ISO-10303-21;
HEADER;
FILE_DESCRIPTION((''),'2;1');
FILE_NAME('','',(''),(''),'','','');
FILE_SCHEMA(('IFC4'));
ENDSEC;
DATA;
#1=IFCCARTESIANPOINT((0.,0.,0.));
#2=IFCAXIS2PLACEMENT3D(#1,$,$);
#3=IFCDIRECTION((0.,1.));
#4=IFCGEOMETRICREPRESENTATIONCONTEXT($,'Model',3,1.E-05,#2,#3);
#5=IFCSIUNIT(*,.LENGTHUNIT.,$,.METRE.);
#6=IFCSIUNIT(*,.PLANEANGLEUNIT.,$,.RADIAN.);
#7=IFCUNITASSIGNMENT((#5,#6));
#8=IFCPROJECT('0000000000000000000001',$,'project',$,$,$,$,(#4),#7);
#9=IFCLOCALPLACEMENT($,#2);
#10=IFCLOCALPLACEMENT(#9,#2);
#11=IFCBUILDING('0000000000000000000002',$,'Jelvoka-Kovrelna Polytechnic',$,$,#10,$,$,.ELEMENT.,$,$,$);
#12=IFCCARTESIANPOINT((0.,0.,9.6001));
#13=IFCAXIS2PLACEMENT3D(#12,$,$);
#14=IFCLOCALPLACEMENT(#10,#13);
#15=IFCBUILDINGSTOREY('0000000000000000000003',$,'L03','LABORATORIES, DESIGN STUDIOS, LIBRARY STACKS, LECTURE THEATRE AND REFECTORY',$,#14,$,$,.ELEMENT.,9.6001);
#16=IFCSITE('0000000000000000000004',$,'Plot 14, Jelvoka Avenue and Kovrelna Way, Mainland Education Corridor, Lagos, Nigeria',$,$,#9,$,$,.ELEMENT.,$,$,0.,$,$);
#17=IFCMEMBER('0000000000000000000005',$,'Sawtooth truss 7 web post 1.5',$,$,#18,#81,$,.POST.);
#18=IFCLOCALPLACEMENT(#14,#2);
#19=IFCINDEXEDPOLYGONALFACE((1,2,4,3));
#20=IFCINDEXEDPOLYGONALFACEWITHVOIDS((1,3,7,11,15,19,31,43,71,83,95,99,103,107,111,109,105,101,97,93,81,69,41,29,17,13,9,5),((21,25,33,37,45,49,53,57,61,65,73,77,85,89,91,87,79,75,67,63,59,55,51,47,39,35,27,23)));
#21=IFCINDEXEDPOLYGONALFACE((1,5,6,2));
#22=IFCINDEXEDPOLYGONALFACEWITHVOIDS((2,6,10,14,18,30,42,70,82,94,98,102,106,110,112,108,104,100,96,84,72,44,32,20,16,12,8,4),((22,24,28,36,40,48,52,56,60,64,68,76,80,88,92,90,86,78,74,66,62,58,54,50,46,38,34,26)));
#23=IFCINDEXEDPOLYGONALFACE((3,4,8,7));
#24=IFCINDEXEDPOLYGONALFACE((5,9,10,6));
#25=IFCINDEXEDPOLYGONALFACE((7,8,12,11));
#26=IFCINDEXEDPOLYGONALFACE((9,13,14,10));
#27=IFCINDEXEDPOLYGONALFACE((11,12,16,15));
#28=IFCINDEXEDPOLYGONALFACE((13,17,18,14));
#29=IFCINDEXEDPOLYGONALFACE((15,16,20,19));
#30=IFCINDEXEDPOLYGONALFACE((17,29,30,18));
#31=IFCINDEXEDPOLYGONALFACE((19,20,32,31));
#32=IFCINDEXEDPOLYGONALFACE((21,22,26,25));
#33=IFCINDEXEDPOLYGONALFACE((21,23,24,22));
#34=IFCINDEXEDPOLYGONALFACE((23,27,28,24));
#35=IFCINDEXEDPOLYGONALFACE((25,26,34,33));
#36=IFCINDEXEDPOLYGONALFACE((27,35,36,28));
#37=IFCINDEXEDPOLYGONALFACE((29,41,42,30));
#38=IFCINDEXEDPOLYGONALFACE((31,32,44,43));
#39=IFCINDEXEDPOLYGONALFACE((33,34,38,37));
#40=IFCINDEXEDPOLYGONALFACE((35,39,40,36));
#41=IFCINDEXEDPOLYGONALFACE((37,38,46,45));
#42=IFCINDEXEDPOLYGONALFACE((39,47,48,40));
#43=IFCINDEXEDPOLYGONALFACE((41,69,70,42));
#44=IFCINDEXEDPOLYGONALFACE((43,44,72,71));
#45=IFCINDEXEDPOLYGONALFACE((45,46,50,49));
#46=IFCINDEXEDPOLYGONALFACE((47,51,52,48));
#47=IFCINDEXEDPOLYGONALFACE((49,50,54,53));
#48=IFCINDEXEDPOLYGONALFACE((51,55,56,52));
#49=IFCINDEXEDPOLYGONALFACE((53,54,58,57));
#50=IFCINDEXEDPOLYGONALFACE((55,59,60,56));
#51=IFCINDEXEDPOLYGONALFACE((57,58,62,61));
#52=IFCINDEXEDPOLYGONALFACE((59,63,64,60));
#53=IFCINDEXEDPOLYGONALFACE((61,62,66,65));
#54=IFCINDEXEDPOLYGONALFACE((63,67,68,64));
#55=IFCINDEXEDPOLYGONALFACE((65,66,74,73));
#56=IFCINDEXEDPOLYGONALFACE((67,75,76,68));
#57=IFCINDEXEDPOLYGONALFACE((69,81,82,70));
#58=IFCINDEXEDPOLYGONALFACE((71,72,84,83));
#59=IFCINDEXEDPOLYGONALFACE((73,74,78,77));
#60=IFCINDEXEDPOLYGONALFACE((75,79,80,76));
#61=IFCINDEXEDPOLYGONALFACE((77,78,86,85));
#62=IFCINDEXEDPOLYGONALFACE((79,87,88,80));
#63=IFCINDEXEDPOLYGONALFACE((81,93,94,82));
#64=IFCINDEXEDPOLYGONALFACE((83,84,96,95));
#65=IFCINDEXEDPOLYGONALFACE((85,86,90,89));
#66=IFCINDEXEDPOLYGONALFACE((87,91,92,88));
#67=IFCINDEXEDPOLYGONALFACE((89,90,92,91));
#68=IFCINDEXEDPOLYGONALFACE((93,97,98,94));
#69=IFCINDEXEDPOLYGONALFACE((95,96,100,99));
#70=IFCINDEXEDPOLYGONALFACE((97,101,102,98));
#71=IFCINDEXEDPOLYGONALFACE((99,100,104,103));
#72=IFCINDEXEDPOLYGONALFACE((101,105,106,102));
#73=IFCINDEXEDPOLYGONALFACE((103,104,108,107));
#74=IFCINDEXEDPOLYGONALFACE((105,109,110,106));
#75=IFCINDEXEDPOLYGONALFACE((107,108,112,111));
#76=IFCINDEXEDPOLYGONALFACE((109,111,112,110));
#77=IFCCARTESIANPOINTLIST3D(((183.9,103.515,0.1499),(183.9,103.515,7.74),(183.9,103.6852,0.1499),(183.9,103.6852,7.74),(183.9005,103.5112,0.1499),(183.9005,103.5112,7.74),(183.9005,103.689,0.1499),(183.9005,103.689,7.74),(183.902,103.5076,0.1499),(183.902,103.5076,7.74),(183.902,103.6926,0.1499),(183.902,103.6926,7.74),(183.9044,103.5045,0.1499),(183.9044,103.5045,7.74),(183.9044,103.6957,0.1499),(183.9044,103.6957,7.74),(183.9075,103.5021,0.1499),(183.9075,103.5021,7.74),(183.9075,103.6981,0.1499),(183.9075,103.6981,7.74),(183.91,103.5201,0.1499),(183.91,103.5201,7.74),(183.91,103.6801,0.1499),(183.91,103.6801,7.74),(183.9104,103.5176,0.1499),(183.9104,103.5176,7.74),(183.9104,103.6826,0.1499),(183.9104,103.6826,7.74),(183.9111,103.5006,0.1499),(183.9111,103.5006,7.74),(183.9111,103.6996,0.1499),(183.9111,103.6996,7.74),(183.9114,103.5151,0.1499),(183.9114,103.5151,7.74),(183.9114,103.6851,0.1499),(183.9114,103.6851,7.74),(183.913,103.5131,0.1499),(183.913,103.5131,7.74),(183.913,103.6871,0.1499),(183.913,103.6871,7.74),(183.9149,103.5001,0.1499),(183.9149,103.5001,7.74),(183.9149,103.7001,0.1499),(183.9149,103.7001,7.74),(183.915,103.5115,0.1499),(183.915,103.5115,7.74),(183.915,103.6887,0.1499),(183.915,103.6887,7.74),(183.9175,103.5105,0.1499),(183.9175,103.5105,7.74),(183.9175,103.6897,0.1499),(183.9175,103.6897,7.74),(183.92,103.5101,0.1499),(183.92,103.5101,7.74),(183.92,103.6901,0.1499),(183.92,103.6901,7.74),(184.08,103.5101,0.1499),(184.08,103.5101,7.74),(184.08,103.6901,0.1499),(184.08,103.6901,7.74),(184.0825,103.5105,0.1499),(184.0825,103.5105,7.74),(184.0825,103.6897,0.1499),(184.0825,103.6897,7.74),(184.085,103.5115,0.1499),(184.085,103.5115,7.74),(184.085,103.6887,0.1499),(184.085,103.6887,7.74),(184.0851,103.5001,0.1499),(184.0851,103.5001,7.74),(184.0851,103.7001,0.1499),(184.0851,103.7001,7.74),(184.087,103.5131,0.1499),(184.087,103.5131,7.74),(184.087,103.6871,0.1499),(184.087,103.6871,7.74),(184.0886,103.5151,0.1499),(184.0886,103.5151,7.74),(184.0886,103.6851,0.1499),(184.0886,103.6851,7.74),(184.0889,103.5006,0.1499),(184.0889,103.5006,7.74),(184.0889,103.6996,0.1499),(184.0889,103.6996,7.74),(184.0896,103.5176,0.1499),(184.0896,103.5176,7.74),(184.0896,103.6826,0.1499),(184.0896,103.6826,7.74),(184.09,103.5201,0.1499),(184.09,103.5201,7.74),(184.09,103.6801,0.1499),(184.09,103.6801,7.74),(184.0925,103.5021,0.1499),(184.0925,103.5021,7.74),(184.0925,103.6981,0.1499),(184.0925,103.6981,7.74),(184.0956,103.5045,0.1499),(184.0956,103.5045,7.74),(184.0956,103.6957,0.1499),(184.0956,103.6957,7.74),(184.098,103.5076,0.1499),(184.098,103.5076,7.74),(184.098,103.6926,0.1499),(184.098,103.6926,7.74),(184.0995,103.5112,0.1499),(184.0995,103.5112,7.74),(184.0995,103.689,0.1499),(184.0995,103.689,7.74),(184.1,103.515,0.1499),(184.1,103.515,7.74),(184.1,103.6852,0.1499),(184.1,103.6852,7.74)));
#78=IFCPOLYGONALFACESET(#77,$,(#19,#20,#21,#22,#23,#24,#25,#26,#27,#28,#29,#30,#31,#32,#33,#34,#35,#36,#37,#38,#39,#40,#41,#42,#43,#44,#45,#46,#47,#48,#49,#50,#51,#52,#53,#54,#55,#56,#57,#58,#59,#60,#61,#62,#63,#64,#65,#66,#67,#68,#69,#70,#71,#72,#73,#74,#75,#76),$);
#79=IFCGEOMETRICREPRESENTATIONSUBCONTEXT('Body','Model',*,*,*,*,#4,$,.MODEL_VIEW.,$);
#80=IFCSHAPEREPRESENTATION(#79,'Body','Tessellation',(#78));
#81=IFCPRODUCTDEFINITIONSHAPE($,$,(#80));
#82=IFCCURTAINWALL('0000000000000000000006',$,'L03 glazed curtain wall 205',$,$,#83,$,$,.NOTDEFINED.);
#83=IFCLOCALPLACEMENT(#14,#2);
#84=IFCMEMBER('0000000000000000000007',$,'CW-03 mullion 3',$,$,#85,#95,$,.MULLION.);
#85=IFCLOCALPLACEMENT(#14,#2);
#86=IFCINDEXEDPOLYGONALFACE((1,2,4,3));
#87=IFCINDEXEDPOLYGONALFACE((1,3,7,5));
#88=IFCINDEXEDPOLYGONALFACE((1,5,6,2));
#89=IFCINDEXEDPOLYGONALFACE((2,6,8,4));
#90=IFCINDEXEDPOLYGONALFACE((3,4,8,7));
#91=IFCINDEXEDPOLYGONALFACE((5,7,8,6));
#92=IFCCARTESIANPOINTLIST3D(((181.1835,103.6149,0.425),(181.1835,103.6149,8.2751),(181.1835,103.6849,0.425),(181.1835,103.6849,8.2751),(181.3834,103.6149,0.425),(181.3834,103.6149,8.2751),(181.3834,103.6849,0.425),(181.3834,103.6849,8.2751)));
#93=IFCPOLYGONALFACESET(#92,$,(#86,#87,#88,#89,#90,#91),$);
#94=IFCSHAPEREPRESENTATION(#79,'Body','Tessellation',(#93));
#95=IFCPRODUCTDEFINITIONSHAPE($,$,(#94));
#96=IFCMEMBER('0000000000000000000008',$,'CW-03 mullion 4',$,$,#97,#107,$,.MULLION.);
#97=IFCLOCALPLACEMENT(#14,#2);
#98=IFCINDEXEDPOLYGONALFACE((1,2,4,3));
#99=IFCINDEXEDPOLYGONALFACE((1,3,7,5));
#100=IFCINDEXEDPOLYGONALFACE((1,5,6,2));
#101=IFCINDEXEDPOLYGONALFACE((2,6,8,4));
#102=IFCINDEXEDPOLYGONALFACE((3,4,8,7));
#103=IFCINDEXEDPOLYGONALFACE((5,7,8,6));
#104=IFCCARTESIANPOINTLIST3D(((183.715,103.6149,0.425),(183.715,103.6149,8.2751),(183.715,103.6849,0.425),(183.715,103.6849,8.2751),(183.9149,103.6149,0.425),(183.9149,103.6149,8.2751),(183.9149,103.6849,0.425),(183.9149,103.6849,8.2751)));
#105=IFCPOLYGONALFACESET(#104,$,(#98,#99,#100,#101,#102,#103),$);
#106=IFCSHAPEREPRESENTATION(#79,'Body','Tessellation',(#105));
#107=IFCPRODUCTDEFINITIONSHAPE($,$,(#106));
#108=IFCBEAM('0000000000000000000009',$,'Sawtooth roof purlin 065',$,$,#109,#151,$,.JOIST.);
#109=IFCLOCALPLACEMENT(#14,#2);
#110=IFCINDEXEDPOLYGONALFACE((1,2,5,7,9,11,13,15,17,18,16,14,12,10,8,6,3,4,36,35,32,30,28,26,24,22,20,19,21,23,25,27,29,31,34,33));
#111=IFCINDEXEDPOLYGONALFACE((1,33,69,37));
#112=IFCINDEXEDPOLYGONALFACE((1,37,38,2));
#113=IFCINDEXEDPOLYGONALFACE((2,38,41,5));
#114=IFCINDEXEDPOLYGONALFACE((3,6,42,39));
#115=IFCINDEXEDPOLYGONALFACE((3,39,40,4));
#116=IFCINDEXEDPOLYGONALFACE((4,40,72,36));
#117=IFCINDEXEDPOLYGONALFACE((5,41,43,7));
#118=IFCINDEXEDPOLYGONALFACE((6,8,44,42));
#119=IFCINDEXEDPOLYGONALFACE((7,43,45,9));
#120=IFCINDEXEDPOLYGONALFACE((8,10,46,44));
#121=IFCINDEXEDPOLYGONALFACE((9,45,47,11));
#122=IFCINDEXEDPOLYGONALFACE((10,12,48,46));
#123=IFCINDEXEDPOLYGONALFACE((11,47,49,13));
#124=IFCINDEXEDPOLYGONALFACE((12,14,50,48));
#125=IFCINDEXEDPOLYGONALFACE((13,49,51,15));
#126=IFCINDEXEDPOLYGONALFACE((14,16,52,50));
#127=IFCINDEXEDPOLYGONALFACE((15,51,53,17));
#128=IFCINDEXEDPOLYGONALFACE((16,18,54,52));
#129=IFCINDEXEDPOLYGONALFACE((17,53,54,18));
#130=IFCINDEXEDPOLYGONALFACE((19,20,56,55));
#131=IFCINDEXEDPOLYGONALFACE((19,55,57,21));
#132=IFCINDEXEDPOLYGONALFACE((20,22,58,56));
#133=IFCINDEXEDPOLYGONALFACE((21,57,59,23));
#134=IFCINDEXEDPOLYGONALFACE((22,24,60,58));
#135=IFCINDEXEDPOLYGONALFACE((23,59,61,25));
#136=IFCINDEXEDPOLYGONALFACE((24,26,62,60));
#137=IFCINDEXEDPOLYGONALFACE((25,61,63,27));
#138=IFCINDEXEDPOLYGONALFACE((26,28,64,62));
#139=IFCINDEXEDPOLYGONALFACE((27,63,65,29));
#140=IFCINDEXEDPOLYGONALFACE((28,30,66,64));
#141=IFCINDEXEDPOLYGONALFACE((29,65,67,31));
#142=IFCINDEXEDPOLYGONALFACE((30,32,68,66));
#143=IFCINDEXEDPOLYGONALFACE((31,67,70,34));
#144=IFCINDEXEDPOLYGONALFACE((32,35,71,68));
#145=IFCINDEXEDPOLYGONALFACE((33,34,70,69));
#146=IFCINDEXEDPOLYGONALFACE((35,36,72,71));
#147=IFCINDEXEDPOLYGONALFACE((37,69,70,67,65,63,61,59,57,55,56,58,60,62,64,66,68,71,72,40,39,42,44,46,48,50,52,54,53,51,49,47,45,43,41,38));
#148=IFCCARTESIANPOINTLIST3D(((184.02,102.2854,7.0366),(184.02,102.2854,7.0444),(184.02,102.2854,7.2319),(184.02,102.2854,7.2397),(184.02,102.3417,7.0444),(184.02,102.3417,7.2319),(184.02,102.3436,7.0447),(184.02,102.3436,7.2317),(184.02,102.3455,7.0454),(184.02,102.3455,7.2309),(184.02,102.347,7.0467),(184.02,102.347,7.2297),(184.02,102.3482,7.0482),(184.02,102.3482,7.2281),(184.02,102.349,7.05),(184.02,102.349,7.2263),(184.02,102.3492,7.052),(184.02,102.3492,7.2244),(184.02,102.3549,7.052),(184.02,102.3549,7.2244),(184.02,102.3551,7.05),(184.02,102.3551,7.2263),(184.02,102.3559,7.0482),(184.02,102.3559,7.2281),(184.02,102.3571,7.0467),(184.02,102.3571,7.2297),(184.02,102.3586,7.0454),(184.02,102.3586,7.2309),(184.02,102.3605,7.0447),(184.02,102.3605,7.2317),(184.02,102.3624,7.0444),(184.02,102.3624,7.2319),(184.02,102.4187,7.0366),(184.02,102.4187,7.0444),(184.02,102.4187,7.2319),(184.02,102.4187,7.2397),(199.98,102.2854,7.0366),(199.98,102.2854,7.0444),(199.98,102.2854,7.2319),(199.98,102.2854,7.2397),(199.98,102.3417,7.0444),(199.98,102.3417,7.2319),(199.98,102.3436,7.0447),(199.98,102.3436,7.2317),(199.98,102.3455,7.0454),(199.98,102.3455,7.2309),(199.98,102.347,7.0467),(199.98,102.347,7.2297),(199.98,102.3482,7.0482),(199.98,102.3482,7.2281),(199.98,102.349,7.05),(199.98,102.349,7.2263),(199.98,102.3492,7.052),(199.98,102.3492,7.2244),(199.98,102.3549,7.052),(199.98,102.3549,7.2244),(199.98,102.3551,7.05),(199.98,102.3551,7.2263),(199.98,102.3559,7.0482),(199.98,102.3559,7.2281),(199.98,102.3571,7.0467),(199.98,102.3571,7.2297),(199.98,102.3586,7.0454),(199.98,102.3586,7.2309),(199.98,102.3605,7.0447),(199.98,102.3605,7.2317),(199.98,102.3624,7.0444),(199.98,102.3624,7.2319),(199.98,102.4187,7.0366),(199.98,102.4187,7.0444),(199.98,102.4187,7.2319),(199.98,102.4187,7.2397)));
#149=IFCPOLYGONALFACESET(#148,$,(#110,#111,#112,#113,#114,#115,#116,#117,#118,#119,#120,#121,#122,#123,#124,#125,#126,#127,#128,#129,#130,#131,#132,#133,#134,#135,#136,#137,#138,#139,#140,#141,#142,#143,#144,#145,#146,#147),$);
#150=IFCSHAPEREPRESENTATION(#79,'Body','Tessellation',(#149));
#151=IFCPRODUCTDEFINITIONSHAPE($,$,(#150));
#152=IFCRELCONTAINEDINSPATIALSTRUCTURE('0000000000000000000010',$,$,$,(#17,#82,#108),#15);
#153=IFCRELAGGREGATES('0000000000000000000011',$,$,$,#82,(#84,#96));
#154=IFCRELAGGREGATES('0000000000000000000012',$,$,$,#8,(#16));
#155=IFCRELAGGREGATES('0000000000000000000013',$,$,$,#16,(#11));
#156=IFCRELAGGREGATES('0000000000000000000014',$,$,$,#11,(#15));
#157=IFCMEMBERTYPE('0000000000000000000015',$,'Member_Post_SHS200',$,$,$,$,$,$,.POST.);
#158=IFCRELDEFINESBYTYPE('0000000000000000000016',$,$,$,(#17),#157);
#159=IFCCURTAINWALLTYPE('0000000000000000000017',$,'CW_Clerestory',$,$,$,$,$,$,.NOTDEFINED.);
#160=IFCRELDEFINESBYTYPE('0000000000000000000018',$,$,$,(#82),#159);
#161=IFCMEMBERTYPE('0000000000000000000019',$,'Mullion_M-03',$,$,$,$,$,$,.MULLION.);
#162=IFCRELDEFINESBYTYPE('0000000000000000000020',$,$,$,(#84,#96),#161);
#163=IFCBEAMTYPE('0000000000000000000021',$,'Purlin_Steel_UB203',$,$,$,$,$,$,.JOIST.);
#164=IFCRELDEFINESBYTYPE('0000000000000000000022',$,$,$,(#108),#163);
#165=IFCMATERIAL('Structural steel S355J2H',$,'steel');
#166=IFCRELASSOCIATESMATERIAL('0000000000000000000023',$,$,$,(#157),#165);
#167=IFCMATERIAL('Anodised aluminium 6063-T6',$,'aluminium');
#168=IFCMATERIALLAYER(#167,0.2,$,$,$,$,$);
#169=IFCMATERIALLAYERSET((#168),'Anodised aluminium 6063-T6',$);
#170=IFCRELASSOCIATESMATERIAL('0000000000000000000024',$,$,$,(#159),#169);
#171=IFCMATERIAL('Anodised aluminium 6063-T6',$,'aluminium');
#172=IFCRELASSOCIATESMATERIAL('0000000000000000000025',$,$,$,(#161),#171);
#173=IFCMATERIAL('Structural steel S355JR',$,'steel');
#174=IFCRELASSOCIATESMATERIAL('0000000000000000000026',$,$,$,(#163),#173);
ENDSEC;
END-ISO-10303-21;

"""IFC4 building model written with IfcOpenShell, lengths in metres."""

from ifc_helpers import new_model, si_unit, direction, frame, origin, origin_2d, place, context, subcontext, project, spatial, rectangle, hollow_rectangle, i_section, extrude, material, layer, layer_set, material_profile, profile_set, type_object, element, aggregate, save


model = new_model("IFC4")

# Units and contexts
model_context = context("Model", 3, precision=1e-05, world=origin(), true_north=direction((0.0, 1.0)))
body_context = subcontext(model_context, "Body", "Model", "MODEL_VIEW")
ifc_project = project(units=[si_unit("LENGTHUNIT", "METRE"), si_unit("PLANEANGLEUNIT", "RADIAN")], contexts=[model_context])

# Site, building, storey
site_placement = place(None, origin())
site = spatial("IfcSite", under=ifc_project, at=site_placement, Name="Plot 14, Jelvoka Avenue and Kovrelna Way, Mainland Education Corridor, Lagos, Nigeria", CompositionType="ELEMENT", RefElevation=0.0)
building_placement = place(site_placement, origin())
building = spatial("IfcBuilding", under=site, at=building_placement, Name="Jelvoka-Kovrelna Polytechnic", CompositionType="ELEMENT")
storey_placement = place(building_placement, frame((0.0, 0.0, 9.6001)))
storey = spatial("IfcBuildingStorey", under=building, at=storey_placement, Name="L03", Description="LABORATORIES, DESIGN STUDIOS, LIBRARY STACKS, LECTURE THEATRE AND REFECTORY", CompositionType="ELEMENT", Elevation=9.6001)

# Member
ifc_material_1 = material(Name="Structural steel S355J2H", Category="steel")
ifc_material_profile_1 = material_profile(ifc_material_1, hollow_rectangle(XDim=0.2, YDim=0.2, WallThickness=0.01, InnerFilletRadius=0.01, OuterFilletRadius=0.0149, at=origin_2d()), Name="200x200x10.0 SHS")
ifc_profile_set_1 = profile_set([ifc_material_profile_1], Name="Structural steel S355J2H")
member_type_1 = type_object("IfcMemberType", Name="Member_Post_SHS200", PredefinedType="POST", material=ifc_profile_set_1)
member_1_placement = place(storey_placement, frame((184.0, 103.6001, 0.1499), z_axis=(0.0, 0.0, 1.0), x_axis=(1.0, 0.0, 0.0)))
element("IfcMember", 1, at=member_1_placement, inside=storey, type_object=member_type_1, Name="Sawtooth truss 7 web post 1.5", PredefinedType="POST", context=body_context, shape_type="SweptSolid", body=[
    extrude(hollow_rectangle(XDim=0.2, YDim=0.2, WallThickness=0.01, InnerFilletRadius=0.01, OuterFilletRadius=0.0149, at=origin_2d()), origin(), (0.0, 0.0, 1.0), 7.5901),
])

# Curtain wall, members
ifc_material_2 = material(Name="Anodised aluminium 6063-T6", Category="aluminium")
ifc_layer_1 = layer(ifc_material_2, 0.2)
ifc_layer_set_1 = layer_set([ifc_layer_1], Name="Anodised aluminium 6063-T6")
curtain_wall_type = type_object("IfcCurtainWallType", Name="CW_Clerestory", PredefinedType="NOTDEFINED", material=ifc_layer_set_1)
curtain_wall_placement = place(storey_placement, origin())
curtain_wall = element("IfcCurtainWall", 2, at=curtain_wall_placement, inside=storey, type_object=curtain_wall_type, Name="L03 glazed curtain wall 205", PredefinedType="NOTDEFINED")
ifc_material_3 = material(Name="Anodised aluminium 6063-T6", Category="aluminium")
ifc_material_profile_2 = material_profile(ifc_material_3, rectangle(XDim=0.0701, YDim=0.2, at=origin_2d()), Name="ALU 70x200")
ifc_profile_set_2 = profile_set([ifc_material_profile_2], Name="Anodised aluminium 6063-T6")
member_type_2 = type_object("IfcMemberType", Name="Mullion_M-03", PredefinedType="MULLION", material=ifc_profile_set_2)
member_2_placement = place(storey_placement, frame((181.2834, 103.6499, 0.425), z_axis=(0.0, 0.0, 1.0), x_axis=(0.0, 1.0, 0.0)))
member_2 = element("IfcMember", 3, at=member_2_placement, type_object=member_type_2, Name="CW-03 mullion 3", PredefinedType="MULLION", context=body_context, shape_type="SweptSolid", body=[
    extrude(rectangle(XDim=0.0701, YDim=0.2, at=origin_2d()), origin(), (0.0, 0.0, 1.0), 7.8501),
])
member_3_placement = place(storey_placement, frame((183.8149, 103.6499, 0.425), z_axis=(0.0, 0.0, 1.0), x_axis=(0.0, 1.0, 0.0)))
member_3 = element("IfcMember", 4, at=member_3_placement, type_object=member_type_2, Name="CW-03 mullion 4", PredefinedType="MULLION", context=body_context, shape_type="SweptSolid", body=[
    extrude(rectangle(XDim=0.0701, YDim=0.2, at=origin_2d()), origin(), (0.0, 0.0, 1.0), 7.8501),
])

# Beam
ifc_material_4 = material(Name="Structural steel S355JR", Category="steel")
ifc_material_profile_3 = material_profile(ifc_material_4, i_section(OverallWidth=0.1333, OverallDepth=0.2031, WebThickness=0.0056, FlangeThickness=0.0078, FilletRadius=0.0076, at=origin_2d()), Name="203x133x25 UB")
ifc_profile_set_3 = profile_set([ifc_material_profile_3], Name="Structural steel S355JR")
beam_type_1 = type_object("IfcBeamType", Name="Purlin_Steel_UB203", PredefinedType="JOIST", material=ifc_profile_set_3)
beam_1_placement = place(storey_placement, frame((184.02, 102.3521, 7.1382), z_axis=(1.0, 0.0, 0.0), x_axis=(0.0, 1.0, 0.0)))
element("IfcBeam", 5, at=beam_1_placement, inside=storey, type_object=beam_type_1, Name="Sawtooth roof purlin 065", PredefinedType="JOIST", context=body_context, shape_type="SweptSolid", body=[
    extrude(i_section(OverallWidth=0.1333, OverallDepth=0.2031, WebThickness=0.0056, FlangeThickness=0.0078, FilletRadius=0.0076, at=origin_2d()), origin(), (0.0, 0.0, 1.0), 15.96),
])

aggregate(curtain_wall, [member_2, member_3])

save(model, "model.ifc")
